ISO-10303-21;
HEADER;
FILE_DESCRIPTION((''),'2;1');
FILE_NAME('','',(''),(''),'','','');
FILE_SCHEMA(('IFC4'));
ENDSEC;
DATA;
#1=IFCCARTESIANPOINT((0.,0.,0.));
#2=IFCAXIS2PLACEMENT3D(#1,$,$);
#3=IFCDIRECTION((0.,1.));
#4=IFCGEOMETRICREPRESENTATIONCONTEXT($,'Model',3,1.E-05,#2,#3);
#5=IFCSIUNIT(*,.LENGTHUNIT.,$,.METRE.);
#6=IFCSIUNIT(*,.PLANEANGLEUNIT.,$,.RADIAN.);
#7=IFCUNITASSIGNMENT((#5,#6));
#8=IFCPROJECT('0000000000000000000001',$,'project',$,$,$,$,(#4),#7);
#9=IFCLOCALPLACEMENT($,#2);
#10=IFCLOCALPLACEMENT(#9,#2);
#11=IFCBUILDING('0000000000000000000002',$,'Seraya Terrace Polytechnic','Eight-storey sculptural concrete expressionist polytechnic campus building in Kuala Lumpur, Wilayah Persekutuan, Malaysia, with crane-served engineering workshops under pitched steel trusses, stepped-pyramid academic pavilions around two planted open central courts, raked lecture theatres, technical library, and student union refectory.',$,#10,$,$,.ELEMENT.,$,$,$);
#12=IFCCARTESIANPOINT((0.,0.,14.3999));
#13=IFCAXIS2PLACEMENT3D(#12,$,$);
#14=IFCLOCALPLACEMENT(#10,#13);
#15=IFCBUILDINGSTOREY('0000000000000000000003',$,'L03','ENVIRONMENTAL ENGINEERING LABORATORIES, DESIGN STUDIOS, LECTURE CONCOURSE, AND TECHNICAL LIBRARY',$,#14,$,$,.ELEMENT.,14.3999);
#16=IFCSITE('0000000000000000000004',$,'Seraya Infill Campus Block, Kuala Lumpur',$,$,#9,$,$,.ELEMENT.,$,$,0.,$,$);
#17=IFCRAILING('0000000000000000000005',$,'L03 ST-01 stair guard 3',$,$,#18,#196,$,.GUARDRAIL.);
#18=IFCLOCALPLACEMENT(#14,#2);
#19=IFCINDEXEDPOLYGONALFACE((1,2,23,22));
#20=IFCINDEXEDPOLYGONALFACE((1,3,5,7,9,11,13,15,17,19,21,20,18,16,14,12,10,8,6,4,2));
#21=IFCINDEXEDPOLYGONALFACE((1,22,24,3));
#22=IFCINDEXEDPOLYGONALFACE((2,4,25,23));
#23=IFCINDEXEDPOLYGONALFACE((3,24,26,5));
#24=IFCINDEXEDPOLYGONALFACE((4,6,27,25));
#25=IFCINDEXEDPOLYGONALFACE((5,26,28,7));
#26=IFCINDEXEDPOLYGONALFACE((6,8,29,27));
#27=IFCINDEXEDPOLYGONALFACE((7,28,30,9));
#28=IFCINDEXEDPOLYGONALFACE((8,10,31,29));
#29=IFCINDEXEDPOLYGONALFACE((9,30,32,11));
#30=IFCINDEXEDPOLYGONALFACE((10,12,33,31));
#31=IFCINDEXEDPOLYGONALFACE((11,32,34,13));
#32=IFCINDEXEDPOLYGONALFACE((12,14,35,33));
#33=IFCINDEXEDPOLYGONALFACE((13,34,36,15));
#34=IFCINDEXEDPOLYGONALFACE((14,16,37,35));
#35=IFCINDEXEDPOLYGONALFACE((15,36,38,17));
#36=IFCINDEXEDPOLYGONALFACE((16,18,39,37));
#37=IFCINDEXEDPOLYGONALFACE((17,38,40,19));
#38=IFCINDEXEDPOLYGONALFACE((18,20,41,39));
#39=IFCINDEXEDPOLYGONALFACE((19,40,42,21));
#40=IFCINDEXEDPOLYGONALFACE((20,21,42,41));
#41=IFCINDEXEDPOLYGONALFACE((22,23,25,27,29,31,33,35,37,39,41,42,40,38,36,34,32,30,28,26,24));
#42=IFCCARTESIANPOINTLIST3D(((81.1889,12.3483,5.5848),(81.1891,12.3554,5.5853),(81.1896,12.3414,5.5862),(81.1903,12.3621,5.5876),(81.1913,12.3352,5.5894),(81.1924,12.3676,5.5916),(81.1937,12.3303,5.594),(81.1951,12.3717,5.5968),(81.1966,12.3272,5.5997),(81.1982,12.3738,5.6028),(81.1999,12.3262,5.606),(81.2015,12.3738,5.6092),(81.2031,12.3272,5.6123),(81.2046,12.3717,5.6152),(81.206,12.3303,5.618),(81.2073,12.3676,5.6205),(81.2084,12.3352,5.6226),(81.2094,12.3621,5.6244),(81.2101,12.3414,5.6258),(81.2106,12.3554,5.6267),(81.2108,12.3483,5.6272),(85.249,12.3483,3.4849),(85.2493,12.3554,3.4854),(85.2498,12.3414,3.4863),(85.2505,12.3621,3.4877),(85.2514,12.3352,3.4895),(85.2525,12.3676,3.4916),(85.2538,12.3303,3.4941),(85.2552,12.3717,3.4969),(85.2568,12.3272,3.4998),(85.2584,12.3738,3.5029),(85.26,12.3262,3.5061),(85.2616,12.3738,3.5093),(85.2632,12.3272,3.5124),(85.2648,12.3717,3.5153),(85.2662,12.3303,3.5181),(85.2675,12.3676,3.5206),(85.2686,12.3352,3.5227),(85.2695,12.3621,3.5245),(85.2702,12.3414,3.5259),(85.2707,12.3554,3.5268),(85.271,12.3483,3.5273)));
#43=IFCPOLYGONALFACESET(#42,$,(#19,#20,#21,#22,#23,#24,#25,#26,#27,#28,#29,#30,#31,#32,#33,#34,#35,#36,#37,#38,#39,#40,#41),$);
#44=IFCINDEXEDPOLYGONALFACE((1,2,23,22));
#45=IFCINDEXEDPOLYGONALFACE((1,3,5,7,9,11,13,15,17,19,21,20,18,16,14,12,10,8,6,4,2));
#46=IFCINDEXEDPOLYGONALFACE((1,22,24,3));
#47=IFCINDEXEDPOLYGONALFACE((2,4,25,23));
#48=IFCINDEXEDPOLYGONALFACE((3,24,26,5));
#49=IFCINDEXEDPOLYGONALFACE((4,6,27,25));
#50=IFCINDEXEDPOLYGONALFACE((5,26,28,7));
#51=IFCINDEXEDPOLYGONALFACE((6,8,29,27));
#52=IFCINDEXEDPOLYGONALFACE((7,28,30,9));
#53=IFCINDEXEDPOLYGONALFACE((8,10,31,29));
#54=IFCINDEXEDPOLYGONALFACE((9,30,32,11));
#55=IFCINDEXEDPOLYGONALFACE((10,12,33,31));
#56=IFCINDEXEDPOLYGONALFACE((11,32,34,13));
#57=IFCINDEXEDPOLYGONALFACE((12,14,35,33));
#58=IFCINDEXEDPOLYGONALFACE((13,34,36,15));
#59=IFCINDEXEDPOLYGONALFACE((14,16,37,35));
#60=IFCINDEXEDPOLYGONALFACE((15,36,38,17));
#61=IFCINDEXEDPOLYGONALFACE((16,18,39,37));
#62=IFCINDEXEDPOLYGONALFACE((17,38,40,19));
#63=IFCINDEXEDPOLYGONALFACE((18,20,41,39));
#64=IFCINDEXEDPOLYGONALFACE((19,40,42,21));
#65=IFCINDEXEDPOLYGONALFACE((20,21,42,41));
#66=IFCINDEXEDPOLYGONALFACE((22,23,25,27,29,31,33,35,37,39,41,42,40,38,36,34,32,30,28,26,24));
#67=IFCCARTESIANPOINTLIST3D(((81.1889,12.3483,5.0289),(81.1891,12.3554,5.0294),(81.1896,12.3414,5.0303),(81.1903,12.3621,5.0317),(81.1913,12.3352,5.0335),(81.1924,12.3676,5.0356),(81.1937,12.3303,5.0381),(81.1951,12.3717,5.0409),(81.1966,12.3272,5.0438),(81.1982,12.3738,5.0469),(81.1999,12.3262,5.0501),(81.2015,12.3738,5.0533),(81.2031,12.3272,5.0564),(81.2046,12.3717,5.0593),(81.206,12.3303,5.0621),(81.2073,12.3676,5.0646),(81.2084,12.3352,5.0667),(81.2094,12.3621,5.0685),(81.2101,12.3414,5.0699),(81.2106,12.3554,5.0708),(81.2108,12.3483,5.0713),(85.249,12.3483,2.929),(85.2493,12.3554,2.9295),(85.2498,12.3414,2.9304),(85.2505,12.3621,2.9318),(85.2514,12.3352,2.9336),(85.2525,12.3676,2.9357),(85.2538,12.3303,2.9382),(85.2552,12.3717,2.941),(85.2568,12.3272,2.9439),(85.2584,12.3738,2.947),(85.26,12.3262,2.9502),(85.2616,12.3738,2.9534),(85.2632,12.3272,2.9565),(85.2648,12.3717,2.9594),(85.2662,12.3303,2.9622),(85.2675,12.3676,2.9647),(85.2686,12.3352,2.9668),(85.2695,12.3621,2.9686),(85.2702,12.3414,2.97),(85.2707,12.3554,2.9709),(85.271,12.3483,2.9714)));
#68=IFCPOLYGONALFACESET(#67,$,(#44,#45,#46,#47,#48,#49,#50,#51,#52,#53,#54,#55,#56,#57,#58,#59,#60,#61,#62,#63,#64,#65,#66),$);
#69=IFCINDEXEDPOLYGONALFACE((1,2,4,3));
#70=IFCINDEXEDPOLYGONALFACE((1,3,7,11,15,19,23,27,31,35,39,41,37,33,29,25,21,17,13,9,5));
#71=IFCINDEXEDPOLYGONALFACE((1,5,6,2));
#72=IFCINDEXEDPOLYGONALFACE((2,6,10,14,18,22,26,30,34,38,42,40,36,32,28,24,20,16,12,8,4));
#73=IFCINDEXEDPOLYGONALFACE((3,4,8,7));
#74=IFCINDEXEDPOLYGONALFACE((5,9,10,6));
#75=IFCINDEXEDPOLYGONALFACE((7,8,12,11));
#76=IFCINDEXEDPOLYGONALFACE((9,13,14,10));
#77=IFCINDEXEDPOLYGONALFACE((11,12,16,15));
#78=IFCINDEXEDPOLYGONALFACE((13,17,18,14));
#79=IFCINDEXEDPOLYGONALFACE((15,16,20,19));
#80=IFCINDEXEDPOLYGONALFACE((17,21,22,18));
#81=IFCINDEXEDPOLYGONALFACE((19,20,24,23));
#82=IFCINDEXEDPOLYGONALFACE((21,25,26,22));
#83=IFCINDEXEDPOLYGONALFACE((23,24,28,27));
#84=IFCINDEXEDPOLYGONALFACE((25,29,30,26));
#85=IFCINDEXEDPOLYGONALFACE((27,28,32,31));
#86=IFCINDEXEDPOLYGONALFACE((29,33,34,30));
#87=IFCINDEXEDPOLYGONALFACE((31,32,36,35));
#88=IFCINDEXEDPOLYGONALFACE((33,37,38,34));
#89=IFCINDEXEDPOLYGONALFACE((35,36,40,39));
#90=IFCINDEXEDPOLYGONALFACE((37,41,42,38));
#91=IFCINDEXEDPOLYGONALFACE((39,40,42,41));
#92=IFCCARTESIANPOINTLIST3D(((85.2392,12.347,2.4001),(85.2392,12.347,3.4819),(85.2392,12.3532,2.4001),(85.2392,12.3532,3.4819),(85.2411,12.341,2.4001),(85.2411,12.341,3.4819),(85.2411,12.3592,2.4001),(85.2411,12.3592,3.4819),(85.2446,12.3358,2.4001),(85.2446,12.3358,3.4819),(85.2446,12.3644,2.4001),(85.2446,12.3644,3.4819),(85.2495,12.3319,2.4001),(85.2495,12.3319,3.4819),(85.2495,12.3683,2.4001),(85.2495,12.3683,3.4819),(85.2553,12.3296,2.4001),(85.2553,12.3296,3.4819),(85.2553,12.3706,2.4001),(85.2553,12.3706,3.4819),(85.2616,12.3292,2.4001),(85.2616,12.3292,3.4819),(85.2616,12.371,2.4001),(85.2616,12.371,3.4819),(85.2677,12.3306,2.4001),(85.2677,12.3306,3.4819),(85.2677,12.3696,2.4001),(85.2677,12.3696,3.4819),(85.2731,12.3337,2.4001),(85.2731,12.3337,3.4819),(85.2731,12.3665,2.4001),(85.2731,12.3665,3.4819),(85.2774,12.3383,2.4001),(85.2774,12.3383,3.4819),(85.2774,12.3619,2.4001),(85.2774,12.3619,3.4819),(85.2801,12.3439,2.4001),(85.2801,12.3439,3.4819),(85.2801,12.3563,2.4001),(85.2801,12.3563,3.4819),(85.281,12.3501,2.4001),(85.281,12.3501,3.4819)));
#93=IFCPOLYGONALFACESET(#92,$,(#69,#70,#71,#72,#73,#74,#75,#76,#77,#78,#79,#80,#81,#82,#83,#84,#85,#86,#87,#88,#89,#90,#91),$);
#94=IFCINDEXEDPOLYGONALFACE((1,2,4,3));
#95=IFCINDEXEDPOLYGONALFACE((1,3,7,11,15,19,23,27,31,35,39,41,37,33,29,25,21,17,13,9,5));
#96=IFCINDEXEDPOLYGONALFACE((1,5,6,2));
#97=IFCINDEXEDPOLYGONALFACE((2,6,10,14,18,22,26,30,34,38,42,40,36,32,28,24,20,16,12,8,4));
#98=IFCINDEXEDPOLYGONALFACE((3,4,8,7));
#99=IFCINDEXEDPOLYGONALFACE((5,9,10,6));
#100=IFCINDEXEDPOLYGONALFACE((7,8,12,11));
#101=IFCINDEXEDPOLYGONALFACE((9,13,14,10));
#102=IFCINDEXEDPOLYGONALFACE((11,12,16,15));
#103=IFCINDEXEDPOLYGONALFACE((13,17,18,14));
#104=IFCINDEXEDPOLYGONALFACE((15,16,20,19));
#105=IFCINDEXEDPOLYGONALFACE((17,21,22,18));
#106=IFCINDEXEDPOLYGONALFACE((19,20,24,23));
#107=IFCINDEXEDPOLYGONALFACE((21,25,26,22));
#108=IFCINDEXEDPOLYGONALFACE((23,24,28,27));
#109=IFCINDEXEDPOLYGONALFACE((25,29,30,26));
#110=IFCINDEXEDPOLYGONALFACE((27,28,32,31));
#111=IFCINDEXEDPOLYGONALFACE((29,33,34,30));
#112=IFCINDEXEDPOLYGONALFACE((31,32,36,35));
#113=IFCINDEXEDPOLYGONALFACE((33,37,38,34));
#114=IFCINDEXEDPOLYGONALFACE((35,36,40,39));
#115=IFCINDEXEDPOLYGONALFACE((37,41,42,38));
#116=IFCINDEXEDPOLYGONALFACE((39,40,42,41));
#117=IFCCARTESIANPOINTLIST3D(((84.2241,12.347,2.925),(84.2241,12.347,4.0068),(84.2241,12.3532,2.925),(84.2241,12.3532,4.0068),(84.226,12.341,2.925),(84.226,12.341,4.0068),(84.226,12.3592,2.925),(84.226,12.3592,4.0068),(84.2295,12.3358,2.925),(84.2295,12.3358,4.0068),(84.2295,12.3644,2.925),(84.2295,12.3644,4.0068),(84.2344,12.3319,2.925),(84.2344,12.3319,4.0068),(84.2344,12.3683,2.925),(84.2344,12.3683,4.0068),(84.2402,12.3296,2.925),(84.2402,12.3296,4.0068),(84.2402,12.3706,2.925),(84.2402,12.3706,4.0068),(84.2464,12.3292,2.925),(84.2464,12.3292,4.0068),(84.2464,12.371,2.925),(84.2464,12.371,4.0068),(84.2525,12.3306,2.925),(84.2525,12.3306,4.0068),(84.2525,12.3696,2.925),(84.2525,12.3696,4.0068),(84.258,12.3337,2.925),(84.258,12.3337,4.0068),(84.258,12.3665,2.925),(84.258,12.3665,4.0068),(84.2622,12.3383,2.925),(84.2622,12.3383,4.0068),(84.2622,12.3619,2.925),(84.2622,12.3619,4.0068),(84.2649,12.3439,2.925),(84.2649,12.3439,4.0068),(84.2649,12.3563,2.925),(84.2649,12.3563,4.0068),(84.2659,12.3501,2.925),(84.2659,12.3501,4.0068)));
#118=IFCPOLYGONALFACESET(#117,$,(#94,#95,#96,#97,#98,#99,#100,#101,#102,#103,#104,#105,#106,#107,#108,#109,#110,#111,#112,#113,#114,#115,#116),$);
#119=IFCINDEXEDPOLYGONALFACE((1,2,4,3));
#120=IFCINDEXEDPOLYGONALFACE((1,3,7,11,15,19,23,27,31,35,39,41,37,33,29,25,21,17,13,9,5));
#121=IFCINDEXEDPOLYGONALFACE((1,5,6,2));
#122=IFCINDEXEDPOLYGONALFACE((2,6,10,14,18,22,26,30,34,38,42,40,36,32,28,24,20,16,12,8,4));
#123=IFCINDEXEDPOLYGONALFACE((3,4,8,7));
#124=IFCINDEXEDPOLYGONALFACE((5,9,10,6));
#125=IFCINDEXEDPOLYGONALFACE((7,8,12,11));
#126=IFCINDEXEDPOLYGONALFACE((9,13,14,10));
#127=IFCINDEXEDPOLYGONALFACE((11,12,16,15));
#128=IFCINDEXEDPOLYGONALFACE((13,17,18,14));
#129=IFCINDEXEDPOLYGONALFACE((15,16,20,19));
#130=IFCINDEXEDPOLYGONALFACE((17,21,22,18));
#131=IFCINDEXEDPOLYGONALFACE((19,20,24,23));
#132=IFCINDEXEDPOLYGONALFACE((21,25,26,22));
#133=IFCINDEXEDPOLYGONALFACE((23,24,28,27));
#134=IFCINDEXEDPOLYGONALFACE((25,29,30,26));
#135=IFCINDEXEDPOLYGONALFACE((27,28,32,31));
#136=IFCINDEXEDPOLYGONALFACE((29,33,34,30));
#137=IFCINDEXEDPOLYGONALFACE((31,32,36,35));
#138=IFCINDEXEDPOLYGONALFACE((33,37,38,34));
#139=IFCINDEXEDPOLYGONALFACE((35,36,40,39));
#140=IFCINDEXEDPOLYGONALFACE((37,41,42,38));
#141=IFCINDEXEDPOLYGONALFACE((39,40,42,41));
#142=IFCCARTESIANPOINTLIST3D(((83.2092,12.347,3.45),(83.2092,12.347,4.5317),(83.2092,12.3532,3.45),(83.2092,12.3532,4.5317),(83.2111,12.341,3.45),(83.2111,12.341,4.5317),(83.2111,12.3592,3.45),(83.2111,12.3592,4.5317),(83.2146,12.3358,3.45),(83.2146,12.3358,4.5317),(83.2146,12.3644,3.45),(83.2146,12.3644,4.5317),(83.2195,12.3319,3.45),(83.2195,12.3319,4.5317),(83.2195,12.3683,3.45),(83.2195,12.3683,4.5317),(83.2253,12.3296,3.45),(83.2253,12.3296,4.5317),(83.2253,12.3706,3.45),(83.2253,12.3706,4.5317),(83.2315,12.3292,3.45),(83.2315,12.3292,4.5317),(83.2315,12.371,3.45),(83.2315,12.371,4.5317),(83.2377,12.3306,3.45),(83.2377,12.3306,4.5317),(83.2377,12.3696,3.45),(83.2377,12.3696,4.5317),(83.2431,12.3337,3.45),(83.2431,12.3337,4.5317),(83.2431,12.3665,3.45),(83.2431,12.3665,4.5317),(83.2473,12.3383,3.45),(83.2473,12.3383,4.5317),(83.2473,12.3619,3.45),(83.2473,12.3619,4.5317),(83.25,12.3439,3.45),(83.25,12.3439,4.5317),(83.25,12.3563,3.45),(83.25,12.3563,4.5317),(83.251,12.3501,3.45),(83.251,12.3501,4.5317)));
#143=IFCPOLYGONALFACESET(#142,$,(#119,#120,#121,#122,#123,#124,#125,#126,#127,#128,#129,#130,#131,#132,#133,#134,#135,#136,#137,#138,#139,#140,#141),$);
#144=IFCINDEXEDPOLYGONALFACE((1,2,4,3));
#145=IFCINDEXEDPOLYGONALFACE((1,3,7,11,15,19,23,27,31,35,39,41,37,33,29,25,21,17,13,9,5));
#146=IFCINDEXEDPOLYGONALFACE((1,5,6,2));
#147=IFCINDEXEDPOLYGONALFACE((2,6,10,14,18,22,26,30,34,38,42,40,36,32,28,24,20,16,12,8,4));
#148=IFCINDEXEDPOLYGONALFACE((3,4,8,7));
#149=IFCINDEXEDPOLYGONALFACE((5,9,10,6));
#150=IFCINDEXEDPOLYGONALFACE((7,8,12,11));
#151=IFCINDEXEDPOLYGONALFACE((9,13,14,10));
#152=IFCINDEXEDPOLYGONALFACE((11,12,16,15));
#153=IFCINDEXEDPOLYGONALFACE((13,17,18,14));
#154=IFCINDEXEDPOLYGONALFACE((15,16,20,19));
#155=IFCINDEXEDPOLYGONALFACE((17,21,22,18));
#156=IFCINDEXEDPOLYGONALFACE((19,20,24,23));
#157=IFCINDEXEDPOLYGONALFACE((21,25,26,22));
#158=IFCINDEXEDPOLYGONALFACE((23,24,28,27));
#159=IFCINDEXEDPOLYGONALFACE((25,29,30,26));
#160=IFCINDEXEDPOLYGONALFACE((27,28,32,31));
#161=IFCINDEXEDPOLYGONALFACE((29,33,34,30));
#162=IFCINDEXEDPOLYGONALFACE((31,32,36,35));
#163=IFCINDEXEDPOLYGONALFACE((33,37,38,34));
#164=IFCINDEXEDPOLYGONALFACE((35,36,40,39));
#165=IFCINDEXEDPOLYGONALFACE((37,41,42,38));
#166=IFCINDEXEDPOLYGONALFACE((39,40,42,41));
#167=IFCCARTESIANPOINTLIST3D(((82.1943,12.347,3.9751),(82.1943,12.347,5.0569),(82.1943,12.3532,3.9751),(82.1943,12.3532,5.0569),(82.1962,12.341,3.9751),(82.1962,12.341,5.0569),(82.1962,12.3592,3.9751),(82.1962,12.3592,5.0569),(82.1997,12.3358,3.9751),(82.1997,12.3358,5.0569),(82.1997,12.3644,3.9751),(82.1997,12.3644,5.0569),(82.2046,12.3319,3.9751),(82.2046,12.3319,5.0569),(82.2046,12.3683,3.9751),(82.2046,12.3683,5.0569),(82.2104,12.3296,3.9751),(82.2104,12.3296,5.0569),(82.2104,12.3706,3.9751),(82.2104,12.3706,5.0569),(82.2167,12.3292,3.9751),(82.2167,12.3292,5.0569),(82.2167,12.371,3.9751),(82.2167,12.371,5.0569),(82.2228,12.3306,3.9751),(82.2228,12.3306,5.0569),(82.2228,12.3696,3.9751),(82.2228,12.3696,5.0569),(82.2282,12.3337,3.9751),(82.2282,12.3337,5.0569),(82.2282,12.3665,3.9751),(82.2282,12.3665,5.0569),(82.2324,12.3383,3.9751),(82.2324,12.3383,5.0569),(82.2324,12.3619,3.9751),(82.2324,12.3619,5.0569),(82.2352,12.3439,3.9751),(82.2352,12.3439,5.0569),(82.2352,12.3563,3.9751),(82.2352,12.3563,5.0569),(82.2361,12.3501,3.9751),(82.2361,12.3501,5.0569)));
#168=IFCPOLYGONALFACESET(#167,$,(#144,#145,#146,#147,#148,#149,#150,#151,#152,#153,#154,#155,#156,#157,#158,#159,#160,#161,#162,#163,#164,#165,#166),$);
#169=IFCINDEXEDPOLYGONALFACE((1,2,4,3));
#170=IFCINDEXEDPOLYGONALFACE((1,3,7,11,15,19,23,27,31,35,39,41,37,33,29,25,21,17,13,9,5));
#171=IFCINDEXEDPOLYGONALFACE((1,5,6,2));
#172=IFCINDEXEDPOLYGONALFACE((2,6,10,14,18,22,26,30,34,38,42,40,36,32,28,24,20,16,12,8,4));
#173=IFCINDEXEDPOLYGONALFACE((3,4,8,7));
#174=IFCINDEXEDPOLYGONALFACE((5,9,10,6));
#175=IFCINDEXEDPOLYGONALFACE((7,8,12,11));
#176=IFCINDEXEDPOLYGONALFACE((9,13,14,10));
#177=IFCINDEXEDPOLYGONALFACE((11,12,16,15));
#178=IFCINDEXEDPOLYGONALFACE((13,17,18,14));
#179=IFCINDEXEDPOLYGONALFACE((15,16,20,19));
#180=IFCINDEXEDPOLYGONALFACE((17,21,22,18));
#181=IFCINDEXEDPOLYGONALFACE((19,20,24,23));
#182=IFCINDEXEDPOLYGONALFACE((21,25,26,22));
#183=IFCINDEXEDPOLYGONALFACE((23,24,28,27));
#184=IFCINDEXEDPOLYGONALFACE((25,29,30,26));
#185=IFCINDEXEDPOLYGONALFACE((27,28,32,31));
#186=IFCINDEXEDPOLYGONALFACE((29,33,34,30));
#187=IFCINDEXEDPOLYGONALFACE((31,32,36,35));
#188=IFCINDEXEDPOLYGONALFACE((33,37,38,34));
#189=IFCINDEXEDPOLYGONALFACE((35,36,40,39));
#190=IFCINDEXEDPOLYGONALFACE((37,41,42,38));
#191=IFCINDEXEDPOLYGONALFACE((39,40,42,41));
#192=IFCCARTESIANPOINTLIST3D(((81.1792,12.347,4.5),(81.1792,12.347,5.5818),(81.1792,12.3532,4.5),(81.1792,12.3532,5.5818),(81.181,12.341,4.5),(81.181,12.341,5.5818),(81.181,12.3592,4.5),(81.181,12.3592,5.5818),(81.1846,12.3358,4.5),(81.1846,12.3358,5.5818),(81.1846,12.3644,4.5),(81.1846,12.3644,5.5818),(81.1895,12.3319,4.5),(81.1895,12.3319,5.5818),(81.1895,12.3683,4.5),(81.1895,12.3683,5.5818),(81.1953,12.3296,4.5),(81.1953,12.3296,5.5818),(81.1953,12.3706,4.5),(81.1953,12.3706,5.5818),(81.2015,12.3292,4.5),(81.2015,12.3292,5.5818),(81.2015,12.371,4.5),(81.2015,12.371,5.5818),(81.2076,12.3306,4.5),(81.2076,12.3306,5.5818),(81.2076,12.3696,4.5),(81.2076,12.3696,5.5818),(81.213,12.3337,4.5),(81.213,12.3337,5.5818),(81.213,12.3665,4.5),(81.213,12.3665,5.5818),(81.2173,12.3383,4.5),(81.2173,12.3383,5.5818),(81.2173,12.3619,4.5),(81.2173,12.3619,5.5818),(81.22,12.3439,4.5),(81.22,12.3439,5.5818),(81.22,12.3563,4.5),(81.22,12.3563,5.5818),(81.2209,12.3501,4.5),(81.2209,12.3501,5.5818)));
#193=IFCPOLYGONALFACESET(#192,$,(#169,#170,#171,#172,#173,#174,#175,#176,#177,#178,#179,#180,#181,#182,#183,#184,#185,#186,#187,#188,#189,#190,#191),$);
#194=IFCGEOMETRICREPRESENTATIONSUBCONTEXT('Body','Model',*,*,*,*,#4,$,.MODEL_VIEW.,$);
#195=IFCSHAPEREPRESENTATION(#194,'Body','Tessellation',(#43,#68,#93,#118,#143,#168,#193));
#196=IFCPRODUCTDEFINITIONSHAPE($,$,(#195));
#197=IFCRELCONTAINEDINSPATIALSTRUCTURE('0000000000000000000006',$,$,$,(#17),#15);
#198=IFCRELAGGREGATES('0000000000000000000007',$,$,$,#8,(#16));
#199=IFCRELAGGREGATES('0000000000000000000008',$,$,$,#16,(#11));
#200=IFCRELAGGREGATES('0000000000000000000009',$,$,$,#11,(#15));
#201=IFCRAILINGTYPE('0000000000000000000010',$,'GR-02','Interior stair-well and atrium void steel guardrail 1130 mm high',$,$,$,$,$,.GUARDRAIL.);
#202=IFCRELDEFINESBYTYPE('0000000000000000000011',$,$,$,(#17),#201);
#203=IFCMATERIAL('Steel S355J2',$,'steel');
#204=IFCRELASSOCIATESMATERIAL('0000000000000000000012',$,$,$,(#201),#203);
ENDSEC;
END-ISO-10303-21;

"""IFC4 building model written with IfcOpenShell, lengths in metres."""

from ifc_helpers import new_model, si_unit, direction, frame, origin, origin_2d, place, context, subcontext, project, spatial, circle, extrude, material, type_object, element, save


model = new_model("IFC4")

# Units and contexts
model_context = context("Model", 3, precision=1e-05, world=origin(), true_north=direction((0.0, 1.0)))
body_context = subcontext(model_context, "Body", "Model", "MODEL_VIEW")
ifc_project = project(units=[si_unit("LENGTHUNIT", "METRE"), si_unit("PLANEANGLEUNIT", "RADIAN")], contexts=[model_context])

# Site, building, storey
site_placement = place(None, origin())
site = spatial("IfcSite", under=ifc_project, at=site_placement, Name="Seraya Infill Campus Block, Kuala Lumpur", CompositionType="ELEMENT", RefElevation=0.0)
building_placement = place(site_placement, origin())
building = spatial("IfcBuilding", under=site, at=building_placement, Name="Seraya Terrace Polytechnic", Description="Eight-storey sculptural concrete expressionist polytechnic campus building in Kuala Lumpur, Wilayah Persekutuan, Malaysia, with crane-served engineering workshops under pitched steel trusses, stepped-pyramid academic pavilions around two planted open central courts, raked lecture theatres, technical library, and student union refectory.", CompositionType="ELEMENT")
storey_placement = place(building_placement, frame((0.0, 0.0, 14.3999)))
storey = spatial("IfcBuildingStorey", under=building, at=storey_placement, Name="L03", Description="ENVIRONMENTAL ENGINEERING LABORATORIES, DESIGN STUDIOS, LECTURE CONCOURSE, AND TECHNICAL LIBRARY", CompositionType="ELEMENT", Elevation=14.3999)

# Railing
ifc_material_1 = material(Name="Steel S355J2", Category="steel")
railing_type_1 = type_object("IfcRailingType", Name="GR-02", Description="Interior stair-well and atrium void steel guardrail 1130 mm high", PredefinedType="GUARDRAIL", material=ifc_material_1)
railing_1_placement = place(storey_placement, frame((85.26, 12.3501, 2.4001)))
element("IfcRailing", 1, at=railing_1_placement, inside=storey, type_object=railing_type_1, Name="L03 ST-01 stair guard 3", PredefinedType="GUARDRAIL", context=body_context, shape_type="SweptSolid", body=[
    extrude(circle(Radius=0.0239, at=origin_2d()), frame((0.0, 0.0, 1.106), z_axis=(-0.888233, 0.0, 0.459392), x_axis=(0.0, -1.0, 0.0)), (0.0, 0.0, 1.0), 4.571),
    extrude(circle(Radius=0.0239, at=origin_2d()), frame((0.0, 0.0, 0.55), z_axis=(-0.888233, 0.0, 0.459392), x_axis=(0.0, -1.0, 0.0)), (0.0, 0.0, 1.0), 4.571),
    extrude(circle(Radius=0.021, at=origin_2d()), origin(), (0.0, 0.0, 1.0), 1.0818),
    extrude(circle(Radius=0.021, at=origin_2d()), frame((-1.0151, 0.0, 0.5249)), (0.0, 0.0, 1.0), 1.0818),
    extrude(circle(Radius=0.021, at=origin_2d()), frame((-2.03, 0.0, 1.0498)), (0.0, 0.0, 1.0), 1.0818),
    extrude(circle(Radius=0.021, at=origin_2d()), frame((-3.0449, 0.0, 1.575)), (0.0, 0.0, 1.0), 1.0818),
    extrude(circle(Radius=0.021, at=origin_2d()), frame((-4.0601, 0.0, 2.0999)), (0.0, 0.0, 1.0), 1.0818),
])

save(model, "model.ifc")
